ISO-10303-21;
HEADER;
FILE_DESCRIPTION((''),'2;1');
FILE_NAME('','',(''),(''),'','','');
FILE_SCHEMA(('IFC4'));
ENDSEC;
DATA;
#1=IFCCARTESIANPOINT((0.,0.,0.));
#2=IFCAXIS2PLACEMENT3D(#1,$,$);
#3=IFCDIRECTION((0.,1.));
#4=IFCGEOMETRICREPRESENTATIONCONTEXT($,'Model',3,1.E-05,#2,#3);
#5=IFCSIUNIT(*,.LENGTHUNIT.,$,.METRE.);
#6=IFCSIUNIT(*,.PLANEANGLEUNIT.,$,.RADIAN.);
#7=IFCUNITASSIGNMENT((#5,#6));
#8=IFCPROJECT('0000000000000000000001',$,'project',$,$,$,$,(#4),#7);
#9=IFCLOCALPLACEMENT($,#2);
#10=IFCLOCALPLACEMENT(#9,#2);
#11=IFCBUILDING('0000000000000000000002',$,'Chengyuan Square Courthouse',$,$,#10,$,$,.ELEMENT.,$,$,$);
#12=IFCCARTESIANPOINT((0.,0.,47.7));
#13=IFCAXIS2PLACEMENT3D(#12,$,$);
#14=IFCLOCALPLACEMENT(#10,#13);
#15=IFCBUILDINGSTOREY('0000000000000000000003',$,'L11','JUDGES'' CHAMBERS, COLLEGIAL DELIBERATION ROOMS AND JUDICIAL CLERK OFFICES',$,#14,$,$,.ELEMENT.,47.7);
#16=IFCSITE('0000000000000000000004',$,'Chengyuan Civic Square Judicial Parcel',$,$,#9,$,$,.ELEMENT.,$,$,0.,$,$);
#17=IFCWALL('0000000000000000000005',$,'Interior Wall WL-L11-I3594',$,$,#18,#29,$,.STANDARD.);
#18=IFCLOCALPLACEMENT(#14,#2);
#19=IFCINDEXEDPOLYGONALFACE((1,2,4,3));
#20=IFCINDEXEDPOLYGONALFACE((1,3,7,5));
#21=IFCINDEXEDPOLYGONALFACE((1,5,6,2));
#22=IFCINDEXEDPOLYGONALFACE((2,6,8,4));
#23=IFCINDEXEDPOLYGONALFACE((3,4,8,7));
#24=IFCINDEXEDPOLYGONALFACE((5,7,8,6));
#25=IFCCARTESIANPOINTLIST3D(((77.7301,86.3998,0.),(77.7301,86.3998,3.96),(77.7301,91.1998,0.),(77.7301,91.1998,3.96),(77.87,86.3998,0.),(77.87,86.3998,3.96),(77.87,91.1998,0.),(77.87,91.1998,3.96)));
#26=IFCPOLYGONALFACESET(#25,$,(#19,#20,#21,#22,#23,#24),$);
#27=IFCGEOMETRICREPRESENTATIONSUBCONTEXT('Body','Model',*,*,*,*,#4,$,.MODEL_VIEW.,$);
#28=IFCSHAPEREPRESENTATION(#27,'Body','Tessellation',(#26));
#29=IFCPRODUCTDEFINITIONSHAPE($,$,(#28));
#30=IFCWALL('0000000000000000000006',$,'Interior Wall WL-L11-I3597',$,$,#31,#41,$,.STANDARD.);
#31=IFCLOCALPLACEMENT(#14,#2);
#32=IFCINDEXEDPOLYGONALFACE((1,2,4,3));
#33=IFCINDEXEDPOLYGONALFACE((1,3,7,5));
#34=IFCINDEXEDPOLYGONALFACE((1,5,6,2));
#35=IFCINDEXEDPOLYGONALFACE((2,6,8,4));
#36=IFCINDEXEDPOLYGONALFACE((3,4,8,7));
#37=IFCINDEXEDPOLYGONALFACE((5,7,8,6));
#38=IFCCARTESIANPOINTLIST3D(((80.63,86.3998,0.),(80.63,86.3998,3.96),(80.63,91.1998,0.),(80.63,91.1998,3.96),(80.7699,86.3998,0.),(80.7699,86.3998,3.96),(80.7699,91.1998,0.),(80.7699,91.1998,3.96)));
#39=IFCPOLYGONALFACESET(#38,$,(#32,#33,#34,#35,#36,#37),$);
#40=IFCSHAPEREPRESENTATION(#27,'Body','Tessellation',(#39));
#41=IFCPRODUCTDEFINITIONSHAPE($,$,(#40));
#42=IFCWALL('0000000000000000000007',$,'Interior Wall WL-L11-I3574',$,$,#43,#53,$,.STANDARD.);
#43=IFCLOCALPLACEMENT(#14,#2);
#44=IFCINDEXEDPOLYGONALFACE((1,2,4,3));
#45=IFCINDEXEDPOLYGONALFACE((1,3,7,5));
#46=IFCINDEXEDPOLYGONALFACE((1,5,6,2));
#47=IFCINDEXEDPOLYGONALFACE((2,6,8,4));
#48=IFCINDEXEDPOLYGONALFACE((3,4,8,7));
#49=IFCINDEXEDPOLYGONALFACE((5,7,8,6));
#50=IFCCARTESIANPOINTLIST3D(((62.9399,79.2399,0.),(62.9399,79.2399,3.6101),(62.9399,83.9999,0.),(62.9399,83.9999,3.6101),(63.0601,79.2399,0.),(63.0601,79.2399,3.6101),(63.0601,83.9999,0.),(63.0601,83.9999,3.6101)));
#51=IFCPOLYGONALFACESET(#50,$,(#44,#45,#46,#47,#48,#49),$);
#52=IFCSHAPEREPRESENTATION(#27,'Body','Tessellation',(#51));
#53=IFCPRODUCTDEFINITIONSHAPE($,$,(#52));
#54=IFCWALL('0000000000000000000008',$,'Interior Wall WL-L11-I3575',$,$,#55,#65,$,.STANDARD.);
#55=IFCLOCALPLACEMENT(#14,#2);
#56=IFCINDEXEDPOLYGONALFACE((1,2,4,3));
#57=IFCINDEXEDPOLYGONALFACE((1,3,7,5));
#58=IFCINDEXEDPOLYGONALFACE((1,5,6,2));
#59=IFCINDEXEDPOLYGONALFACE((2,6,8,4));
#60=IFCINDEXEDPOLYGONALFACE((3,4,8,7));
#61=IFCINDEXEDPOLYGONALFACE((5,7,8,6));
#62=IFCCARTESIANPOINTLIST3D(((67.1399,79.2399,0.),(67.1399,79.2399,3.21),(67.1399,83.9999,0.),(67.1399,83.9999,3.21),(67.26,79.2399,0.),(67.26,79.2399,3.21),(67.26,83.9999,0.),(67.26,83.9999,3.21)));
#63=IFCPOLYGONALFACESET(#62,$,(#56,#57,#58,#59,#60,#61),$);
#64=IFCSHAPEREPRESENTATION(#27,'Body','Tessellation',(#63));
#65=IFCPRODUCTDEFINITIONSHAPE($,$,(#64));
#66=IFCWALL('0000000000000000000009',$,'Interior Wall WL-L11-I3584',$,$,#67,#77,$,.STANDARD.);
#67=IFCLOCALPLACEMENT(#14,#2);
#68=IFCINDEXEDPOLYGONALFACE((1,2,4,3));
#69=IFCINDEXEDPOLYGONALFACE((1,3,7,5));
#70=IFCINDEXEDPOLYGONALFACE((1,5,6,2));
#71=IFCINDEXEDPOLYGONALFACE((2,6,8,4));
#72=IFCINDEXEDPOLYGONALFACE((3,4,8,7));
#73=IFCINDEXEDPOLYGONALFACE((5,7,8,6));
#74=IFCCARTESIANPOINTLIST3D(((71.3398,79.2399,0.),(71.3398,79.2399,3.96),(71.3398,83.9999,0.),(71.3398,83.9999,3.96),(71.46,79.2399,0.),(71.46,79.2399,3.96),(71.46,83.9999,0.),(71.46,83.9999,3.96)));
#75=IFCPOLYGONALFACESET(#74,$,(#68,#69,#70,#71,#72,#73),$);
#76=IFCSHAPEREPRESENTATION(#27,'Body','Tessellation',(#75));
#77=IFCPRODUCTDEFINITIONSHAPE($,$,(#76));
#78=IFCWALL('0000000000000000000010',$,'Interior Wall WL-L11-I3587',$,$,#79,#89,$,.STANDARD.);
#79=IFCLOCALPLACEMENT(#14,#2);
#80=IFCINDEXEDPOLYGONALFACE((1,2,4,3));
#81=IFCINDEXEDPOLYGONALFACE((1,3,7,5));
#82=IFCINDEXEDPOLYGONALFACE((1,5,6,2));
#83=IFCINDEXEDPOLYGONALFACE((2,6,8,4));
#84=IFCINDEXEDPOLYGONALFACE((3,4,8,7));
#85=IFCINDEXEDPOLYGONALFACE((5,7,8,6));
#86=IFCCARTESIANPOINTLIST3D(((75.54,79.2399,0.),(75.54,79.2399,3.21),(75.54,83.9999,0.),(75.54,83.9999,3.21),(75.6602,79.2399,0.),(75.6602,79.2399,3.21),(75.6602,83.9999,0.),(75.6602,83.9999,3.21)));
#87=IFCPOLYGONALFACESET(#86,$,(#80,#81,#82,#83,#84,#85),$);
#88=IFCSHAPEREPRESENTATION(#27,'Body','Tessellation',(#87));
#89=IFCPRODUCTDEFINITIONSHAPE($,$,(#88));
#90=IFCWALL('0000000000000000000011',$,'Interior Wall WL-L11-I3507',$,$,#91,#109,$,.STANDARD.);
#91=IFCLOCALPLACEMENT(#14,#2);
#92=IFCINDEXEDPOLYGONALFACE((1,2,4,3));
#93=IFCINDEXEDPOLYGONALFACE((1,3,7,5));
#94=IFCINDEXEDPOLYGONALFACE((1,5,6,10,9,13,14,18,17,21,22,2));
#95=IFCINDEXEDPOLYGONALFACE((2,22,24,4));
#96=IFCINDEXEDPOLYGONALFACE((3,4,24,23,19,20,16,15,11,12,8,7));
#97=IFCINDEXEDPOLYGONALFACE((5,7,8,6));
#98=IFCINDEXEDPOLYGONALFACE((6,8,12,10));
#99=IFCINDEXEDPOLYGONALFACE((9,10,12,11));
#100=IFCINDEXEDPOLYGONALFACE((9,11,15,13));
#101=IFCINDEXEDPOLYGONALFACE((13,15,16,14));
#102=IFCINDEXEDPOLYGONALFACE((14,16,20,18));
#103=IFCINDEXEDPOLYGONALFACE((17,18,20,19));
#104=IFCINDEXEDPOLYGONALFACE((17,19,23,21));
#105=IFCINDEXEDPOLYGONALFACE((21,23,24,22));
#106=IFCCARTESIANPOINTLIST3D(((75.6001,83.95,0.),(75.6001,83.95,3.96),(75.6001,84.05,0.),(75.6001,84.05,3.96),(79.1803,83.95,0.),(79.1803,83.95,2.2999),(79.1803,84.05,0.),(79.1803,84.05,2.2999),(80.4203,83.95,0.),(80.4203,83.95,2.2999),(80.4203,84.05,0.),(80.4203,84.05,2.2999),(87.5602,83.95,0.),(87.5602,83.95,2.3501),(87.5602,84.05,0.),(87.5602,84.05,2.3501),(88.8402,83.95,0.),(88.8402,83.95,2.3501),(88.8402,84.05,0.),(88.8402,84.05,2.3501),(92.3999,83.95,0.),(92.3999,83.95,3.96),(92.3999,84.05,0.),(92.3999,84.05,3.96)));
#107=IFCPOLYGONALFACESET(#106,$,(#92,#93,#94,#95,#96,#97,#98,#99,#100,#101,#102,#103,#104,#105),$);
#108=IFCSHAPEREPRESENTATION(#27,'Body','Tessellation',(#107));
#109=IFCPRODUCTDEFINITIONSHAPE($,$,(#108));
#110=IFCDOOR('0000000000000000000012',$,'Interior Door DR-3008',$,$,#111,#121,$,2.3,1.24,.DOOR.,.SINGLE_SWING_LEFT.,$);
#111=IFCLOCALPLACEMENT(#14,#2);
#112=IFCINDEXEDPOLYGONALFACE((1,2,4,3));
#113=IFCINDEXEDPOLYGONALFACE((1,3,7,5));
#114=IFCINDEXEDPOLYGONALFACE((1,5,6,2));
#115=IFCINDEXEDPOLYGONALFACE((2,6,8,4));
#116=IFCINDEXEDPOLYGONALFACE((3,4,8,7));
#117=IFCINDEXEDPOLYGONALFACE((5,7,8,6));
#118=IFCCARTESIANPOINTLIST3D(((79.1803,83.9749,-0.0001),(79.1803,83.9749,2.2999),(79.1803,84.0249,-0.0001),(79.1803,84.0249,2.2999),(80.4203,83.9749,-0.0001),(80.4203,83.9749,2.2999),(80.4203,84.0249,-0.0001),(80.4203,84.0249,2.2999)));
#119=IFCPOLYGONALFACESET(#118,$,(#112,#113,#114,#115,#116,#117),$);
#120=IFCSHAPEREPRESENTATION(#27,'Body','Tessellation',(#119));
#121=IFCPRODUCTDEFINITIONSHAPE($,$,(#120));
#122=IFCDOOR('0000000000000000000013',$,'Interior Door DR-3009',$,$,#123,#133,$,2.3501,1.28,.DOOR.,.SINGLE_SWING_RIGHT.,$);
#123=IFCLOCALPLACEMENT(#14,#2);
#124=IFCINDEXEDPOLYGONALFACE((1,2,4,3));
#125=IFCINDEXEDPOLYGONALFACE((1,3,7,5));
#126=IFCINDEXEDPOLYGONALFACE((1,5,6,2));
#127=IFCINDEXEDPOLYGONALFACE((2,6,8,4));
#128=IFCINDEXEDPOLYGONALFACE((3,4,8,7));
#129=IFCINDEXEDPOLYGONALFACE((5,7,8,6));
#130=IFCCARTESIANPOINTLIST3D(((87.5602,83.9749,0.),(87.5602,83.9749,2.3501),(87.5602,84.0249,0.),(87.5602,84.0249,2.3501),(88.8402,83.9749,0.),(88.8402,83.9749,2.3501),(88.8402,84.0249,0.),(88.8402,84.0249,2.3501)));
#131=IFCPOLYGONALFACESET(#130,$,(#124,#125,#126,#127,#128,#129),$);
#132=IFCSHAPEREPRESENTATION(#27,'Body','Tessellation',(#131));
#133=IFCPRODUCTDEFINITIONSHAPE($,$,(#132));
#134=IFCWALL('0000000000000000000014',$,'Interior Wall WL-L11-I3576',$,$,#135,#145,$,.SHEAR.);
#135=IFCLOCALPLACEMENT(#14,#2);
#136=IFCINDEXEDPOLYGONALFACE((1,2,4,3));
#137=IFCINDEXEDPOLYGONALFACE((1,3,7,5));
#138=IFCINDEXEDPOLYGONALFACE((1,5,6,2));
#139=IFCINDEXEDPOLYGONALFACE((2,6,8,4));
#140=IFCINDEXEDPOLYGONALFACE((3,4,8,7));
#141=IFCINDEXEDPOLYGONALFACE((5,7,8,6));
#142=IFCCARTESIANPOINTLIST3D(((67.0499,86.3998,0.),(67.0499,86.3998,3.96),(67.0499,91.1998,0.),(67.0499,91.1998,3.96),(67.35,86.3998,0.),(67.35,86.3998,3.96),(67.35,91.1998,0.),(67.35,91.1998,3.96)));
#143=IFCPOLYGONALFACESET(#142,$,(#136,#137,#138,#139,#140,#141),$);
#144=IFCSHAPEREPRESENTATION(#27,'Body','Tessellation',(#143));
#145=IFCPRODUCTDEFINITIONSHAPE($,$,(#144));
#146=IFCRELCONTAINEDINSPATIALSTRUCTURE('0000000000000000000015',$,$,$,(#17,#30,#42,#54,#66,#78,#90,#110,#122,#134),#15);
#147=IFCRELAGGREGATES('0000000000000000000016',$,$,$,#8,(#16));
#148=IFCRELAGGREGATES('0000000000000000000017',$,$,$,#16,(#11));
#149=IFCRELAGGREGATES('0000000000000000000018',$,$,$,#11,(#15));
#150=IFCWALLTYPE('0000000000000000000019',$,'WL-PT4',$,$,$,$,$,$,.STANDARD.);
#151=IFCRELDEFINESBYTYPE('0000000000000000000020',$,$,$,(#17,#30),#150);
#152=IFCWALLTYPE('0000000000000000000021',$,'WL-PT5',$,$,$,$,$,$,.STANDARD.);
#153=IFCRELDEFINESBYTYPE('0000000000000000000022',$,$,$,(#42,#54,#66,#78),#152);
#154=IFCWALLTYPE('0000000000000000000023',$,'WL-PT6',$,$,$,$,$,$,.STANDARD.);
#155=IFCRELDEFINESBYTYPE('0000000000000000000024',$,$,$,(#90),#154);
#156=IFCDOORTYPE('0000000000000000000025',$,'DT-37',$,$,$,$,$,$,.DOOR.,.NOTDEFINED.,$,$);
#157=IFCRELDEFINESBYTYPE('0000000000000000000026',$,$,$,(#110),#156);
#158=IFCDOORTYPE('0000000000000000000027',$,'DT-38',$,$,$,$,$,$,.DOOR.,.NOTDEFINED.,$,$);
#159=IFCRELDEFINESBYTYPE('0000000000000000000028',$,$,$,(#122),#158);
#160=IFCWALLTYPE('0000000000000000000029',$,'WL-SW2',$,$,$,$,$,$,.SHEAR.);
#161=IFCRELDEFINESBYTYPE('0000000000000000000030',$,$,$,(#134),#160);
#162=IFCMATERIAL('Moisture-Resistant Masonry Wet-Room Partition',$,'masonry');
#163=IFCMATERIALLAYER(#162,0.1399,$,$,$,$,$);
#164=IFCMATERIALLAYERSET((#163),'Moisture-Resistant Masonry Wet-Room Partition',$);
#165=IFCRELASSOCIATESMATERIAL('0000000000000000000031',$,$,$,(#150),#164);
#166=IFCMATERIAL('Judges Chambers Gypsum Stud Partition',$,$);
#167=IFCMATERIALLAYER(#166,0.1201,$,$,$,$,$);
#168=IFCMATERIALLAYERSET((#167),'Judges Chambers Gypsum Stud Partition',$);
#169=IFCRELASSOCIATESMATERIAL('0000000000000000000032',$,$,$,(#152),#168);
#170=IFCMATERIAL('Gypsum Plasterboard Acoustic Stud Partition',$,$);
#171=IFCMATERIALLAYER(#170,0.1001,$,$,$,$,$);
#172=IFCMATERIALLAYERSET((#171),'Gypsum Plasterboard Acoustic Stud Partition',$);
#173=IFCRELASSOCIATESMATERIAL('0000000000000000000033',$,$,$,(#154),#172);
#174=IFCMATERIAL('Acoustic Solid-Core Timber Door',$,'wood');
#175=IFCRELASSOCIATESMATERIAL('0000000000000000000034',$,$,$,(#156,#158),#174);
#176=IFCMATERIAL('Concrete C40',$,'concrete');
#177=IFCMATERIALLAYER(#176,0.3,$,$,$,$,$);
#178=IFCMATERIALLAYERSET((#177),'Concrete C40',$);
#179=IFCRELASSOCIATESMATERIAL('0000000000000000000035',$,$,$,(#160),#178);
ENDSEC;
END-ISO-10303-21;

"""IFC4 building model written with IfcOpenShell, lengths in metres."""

from ifc_helpers import new_model, si_unit, direction, frame, frame_2d, origin, place, context, subcontext, project, spatial, rectangle, extrude, material, layer, layer_set, type_object, element, fill, save


model = new_model("IFC4")

# Units and contexts
model_context = context("Model", 3, precision=1e-05, world=origin(), true_north=direction((0.0, 1.0)))
body_context = subcontext(model_context, "Body", "Model", "MODEL_VIEW")
ifc_project = project(units=[si_unit("LENGTHUNIT", "METRE"), si_unit("PLANEANGLEUNIT", "RADIAN")], contexts=[model_context])

# Site, building, storey
site_placement = place(None, origin())
site = spatial("IfcSite", under=ifc_project, at=site_placement, Name="Chengyuan Civic Square Judicial Parcel", CompositionType="ELEMENT", RefElevation=0.0)
building_placement = place(site_placement, origin())
building = spatial("IfcBuilding", under=site, at=building_placement, Name="Chengyuan Square Courthouse", CompositionType="ELEMENT")
storey_placement = place(building_placement, frame((0.0, 0.0, 47.7)))
storey = spatial("IfcBuildingStorey", under=building, at=storey_placement, Name="L11", Description="JUDGES' CHAMBERS, COLLEGIAL DELIBERATION ROOMS AND JUDICIAL CLERK OFFICES", CompositionType="ELEMENT", Elevation=47.7)

# Shared definitions
ifc_material_1 = material(Name="Concrete C40", Category="concrete")

# Shared definitions
ifc_material_2 = material(Name="Acoustic Solid-Core Timber Door", Category="wood")

# Walls
ifc_material_3 = material(Name="Moisture-Resistant Masonry Wet-Room Partition", Category="masonry")
ifc_layer_1 = layer(ifc_material_3, 0.1399)
ifc_layer_set_1 = layer_set([ifc_layer_1], Name="Moisture-Resistant Masonry Wet-Room Partition")
wall_type_1 = type_object("IfcWallType", Name="WL-PT4", PredefinedType="STANDARD", material=ifc_layer_set_1)
for number, where, z_axis, x_axis, name in (
    (1, (77.8, 86.3999, 0.0), (0.0, 0.0, 1.0), (0.0, 1.0, 0.0), "Interior Wall WL-L11-I3594"),
    (2, (80.7, 86.3999, 0.0), (0.0, 0.0, 1.0), (0.0, 1.0, 0.0), "Interior Wall WL-L11-I3597"),
):
    element("IfcWall", number, at=place(storey_placement, frame(where, z_axis=z_axis, x_axis=x_axis)), inside=storey, type_object=wall_type_1, Name=name, PredefinedType="STANDARD", context=body_context, shape_type="SweptSolid", body=[
        extrude(rectangle(XDim=4.8, YDim=0.1399, at=frame_2d((2.3999, 0.0))), origin(), (0.0, 0.0, 1.0), 3.96),
    ])
ifc_material_4 = material(Name="Judges Chambers Gypsum Stud Partition")
ifc_layer_2 = layer(ifc_material_4, 0.1201)
ifc_layer_set_2 = layer_set([ifc_layer_2], Name="Judges Chambers Gypsum Stud Partition")
wall_type_2 = type_object("IfcWallType", Name="WL-PT5", PredefinedType="STANDARD", material=ifc_layer_set_2)
wall_1_placement = place(storey_placement, frame((63.0, 79.24, 0.0), z_axis=(0.0, 0.0, 1.0), x_axis=(0.0, 1.0, 0.0)))
element("IfcWall", 3, at=wall_1_placement, inside=storey, type_object=wall_type_2, Name="Interior Wall WL-L11-I3574", PredefinedType="STANDARD", context=body_context, shape_type="SweptSolid", body=[
    extrude(rectangle(XDim=4.76, YDim=0.1201, at=frame_2d((2.3799, 0.0))), origin(), (0.0, 0.0, 1.0), 3.6101),
])
wall_2_placement = place(storey_placement, frame((67.2, 79.24, 0.0), z_axis=(0.0, 0.0, 1.0), x_axis=(0.0, 1.0, 0.0)))
element("IfcWall", 4, at=wall_2_placement, inside=storey, type_object=wall_type_2, Name="Interior Wall WL-L11-I3575", PredefinedType="STANDARD", context=body_context, shape_type="SweptSolid", body=[
    extrude(rectangle(XDim=4.76, YDim=0.1201, at=frame_2d((2.3799, 0.0))), origin(), (0.0, 0.0, 1.0), 3.21),
])
wall_3_placement = place(storey_placement, frame((71.3999, 79.24, 0.0), z_axis=(0.0, 0.0, 1.0), x_axis=(0.0, 1.0, 0.0)))
element("IfcWall", 5, at=wall_3_placement, inside=storey, type_object=wall_type_2, Name="Interior Wall WL-L11-I3584", PredefinedType="STANDARD", context=body_context, shape_type="SweptSolid", body=[
    extrude(rectangle(XDim=4.76, YDim=0.1201, at=frame_2d((2.3799, 0.0))), origin(), (0.0, 0.0, 1.0), 3.96),
])
wall_4_placement = place(storey_placement, frame((75.6001, 79.24, 0.0), z_axis=(0.0, 0.0, 1.0), x_axis=(0.0, 1.0, 0.0)))
element("IfcWall", 6, at=wall_4_placement, inside=storey, type_object=wall_type_2, Name="Interior Wall WL-L11-I3587", PredefinedType="STANDARD", context=body_context, shape_type="SweptSolid", body=[
    extrude(rectangle(XDim=4.76, YDim=0.1201, at=frame_2d((2.3799, 0.0))), origin(), (0.0, 0.0, 1.0), 3.21),
])

# Wall, openings, doors
ifc_material_5 = material(Name="Gypsum Plasterboard Acoustic Stud Partition")
ifc_layer_3 = layer(ifc_material_5, 0.1001)
ifc_layer_set_3 = layer_set([ifc_layer_3], Name="Gypsum Plasterboard Acoustic Stud Partition")
wall_type_3 = type_object("IfcWallType", Name="WL-PT6", PredefinedType="STANDARD", material=ifc_layer_set_3)
wall_5_placement = place(storey_placement, frame((75.6001, 84.0, 0.0), z_axis=(0.0, 0.0, 1.0), x_axis=(1.0, 0.0, 0.0)))
wall_5 = element("IfcWall", 7, at=wall_5_placement, inside=storey, type_object=wall_type_3, Name="Interior Wall WL-L11-I3507", PredefinedType="STANDARD", context=body_context, shape_type="SweptSolid", body=[
    extrude(rectangle(XDim=16.7998, YDim=0.1001, at=frame_2d((8.3999, 0.0))), origin(), (0.0, 0.0, 1.0), 3.96),
])
opening_1_placement = place(wall_5_placement, frame((3.5801, 0.0, 0.0)))
opening_1 = element("IfcOpeningElement", 8, at=opening_1_placement, cuts=wall_5, PredefinedType="OPENING", context=body_context, shape_type="SweptSolid", body=[
    extrude(rectangle(XDim=1.24, YDim=2.3, at=frame_2d((0.6201, 1.1499))), frame((0.0, 0.062, 0.0), z_axis=(0.0, -1.0, 0.0), x_axis=(1.0, 0.0, 0.0)), (0.0, 0.0, 1.0), 0.124),
])
opening_2_placement = place(wall_5_placement, frame((11.96, 0.0, 0.0)))
opening_2 = element("IfcOpeningElement", 9, at=opening_2_placement, cuts=wall_5, PredefinedType="OPENING", context=body_context, shape_type="SweptSolid", body=[
    extrude(rectangle(XDim=1.28, YDim=2.3501, at=frame_2d((0.6401, 1.175))), frame((0.0, 0.062, 0.0), z_axis=(0.0, -1.0, 0.0), x_axis=(1.0, 0.0, 0.0)), (0.0, 0.0, 1.0), 0.124),
])
door_type_1 = type_object("IfcDoorType", Name="DT-37", OperationType="NOTDEFINED", PredefinedType="DOOR", material=ifc_material_2)
door_1_placement = place(opening_1_placement, origin())
door_1 = element("IfcDoor", 10, at=door_1_placement, inside=storey, type_object=door_type_1, Name="Interior Door DR-3008", OperationType="SINGLE_SWING_LEFT", OverallHeight=2.3, OverallWidth=1.24, PredefinedType="DOOR", context=body_context, shape_type="SweptSolid", body=[
    extrude(rectangle(XDim=1.24, YDim=2.3, at=frame_2d((0.6201, 1.1499))), frame((0.0, 0.0249, 0.0), z_axis=(0.0, -1.0, 0.0), x_axis=(1.0, 0.0, 0.0)), (0.0, 0.0, 1.0), 0.05),
])
fill(opening_1, door_1)
door_type_2 = type_object("IfcDoorType", Name="DT-38", OperationType="NOTDEFINED", PredefinedType="DOOR", material=ifc_material_2)
door_2_placement = place(opening_2_placement, origin())
door_2 = element("IfcDoor", 11, at=door_2_placement, inside=storey, type_object=door_type_2, Name="Interior Door DR-3009", OperationType="SINGLE_SWING_RIGHT", OverallHeight=2.3501, OverallWidth=1.28, PredefinedType="DOOR", context=body_context, shape_type="SweptSolid", body=[
    extrude(rectangle(XDim=1.28, YDim=2.3501, at=frame_2d((0.6401, 1.175))), frame((0.0, 0.0249, 0.0), z_axis=(0.0, -1.0, 0.0), x_axis=(1.0, 0.0, 0.0)), (0.0, 0.0, 1.0), 0.05),
])
fill(opening_2, door_2)

# Wall
ifc_layer_4 = layer(ifc_material_1, 0.3)
ifc_layer_set_4 = layer_set([ifc_layer_4], Name="Concrete C40")
wall_type_4 = type_object("IfcWallType", Name="WL-SW2", PredefinedType="SHEAR", material=ifc_layer_set_4)
wall_6_placement = place(storey_placement, frame((67.2, 86.3999, 0.0), z_axis=(0.0, 0.0, 1.0), x_axis=(0.0, 1.0, 0.0)))
element("IfcWall", 12, at=wall_6_placement, inside=storey, type_object=wall_type_4, Name="Interior Wall WL-L11-I3576", PredefinedType="SHEAR", context=body_context, shape_type="SweptSolid", body=[
    extrude(rectangle(XDim=4.8, YDim=0.3, at=frame_2d((2.3999, 0.0))), origin(), (0.0, 0.0, 1.0), 3.96),
])

save(model, "model.ifc")
